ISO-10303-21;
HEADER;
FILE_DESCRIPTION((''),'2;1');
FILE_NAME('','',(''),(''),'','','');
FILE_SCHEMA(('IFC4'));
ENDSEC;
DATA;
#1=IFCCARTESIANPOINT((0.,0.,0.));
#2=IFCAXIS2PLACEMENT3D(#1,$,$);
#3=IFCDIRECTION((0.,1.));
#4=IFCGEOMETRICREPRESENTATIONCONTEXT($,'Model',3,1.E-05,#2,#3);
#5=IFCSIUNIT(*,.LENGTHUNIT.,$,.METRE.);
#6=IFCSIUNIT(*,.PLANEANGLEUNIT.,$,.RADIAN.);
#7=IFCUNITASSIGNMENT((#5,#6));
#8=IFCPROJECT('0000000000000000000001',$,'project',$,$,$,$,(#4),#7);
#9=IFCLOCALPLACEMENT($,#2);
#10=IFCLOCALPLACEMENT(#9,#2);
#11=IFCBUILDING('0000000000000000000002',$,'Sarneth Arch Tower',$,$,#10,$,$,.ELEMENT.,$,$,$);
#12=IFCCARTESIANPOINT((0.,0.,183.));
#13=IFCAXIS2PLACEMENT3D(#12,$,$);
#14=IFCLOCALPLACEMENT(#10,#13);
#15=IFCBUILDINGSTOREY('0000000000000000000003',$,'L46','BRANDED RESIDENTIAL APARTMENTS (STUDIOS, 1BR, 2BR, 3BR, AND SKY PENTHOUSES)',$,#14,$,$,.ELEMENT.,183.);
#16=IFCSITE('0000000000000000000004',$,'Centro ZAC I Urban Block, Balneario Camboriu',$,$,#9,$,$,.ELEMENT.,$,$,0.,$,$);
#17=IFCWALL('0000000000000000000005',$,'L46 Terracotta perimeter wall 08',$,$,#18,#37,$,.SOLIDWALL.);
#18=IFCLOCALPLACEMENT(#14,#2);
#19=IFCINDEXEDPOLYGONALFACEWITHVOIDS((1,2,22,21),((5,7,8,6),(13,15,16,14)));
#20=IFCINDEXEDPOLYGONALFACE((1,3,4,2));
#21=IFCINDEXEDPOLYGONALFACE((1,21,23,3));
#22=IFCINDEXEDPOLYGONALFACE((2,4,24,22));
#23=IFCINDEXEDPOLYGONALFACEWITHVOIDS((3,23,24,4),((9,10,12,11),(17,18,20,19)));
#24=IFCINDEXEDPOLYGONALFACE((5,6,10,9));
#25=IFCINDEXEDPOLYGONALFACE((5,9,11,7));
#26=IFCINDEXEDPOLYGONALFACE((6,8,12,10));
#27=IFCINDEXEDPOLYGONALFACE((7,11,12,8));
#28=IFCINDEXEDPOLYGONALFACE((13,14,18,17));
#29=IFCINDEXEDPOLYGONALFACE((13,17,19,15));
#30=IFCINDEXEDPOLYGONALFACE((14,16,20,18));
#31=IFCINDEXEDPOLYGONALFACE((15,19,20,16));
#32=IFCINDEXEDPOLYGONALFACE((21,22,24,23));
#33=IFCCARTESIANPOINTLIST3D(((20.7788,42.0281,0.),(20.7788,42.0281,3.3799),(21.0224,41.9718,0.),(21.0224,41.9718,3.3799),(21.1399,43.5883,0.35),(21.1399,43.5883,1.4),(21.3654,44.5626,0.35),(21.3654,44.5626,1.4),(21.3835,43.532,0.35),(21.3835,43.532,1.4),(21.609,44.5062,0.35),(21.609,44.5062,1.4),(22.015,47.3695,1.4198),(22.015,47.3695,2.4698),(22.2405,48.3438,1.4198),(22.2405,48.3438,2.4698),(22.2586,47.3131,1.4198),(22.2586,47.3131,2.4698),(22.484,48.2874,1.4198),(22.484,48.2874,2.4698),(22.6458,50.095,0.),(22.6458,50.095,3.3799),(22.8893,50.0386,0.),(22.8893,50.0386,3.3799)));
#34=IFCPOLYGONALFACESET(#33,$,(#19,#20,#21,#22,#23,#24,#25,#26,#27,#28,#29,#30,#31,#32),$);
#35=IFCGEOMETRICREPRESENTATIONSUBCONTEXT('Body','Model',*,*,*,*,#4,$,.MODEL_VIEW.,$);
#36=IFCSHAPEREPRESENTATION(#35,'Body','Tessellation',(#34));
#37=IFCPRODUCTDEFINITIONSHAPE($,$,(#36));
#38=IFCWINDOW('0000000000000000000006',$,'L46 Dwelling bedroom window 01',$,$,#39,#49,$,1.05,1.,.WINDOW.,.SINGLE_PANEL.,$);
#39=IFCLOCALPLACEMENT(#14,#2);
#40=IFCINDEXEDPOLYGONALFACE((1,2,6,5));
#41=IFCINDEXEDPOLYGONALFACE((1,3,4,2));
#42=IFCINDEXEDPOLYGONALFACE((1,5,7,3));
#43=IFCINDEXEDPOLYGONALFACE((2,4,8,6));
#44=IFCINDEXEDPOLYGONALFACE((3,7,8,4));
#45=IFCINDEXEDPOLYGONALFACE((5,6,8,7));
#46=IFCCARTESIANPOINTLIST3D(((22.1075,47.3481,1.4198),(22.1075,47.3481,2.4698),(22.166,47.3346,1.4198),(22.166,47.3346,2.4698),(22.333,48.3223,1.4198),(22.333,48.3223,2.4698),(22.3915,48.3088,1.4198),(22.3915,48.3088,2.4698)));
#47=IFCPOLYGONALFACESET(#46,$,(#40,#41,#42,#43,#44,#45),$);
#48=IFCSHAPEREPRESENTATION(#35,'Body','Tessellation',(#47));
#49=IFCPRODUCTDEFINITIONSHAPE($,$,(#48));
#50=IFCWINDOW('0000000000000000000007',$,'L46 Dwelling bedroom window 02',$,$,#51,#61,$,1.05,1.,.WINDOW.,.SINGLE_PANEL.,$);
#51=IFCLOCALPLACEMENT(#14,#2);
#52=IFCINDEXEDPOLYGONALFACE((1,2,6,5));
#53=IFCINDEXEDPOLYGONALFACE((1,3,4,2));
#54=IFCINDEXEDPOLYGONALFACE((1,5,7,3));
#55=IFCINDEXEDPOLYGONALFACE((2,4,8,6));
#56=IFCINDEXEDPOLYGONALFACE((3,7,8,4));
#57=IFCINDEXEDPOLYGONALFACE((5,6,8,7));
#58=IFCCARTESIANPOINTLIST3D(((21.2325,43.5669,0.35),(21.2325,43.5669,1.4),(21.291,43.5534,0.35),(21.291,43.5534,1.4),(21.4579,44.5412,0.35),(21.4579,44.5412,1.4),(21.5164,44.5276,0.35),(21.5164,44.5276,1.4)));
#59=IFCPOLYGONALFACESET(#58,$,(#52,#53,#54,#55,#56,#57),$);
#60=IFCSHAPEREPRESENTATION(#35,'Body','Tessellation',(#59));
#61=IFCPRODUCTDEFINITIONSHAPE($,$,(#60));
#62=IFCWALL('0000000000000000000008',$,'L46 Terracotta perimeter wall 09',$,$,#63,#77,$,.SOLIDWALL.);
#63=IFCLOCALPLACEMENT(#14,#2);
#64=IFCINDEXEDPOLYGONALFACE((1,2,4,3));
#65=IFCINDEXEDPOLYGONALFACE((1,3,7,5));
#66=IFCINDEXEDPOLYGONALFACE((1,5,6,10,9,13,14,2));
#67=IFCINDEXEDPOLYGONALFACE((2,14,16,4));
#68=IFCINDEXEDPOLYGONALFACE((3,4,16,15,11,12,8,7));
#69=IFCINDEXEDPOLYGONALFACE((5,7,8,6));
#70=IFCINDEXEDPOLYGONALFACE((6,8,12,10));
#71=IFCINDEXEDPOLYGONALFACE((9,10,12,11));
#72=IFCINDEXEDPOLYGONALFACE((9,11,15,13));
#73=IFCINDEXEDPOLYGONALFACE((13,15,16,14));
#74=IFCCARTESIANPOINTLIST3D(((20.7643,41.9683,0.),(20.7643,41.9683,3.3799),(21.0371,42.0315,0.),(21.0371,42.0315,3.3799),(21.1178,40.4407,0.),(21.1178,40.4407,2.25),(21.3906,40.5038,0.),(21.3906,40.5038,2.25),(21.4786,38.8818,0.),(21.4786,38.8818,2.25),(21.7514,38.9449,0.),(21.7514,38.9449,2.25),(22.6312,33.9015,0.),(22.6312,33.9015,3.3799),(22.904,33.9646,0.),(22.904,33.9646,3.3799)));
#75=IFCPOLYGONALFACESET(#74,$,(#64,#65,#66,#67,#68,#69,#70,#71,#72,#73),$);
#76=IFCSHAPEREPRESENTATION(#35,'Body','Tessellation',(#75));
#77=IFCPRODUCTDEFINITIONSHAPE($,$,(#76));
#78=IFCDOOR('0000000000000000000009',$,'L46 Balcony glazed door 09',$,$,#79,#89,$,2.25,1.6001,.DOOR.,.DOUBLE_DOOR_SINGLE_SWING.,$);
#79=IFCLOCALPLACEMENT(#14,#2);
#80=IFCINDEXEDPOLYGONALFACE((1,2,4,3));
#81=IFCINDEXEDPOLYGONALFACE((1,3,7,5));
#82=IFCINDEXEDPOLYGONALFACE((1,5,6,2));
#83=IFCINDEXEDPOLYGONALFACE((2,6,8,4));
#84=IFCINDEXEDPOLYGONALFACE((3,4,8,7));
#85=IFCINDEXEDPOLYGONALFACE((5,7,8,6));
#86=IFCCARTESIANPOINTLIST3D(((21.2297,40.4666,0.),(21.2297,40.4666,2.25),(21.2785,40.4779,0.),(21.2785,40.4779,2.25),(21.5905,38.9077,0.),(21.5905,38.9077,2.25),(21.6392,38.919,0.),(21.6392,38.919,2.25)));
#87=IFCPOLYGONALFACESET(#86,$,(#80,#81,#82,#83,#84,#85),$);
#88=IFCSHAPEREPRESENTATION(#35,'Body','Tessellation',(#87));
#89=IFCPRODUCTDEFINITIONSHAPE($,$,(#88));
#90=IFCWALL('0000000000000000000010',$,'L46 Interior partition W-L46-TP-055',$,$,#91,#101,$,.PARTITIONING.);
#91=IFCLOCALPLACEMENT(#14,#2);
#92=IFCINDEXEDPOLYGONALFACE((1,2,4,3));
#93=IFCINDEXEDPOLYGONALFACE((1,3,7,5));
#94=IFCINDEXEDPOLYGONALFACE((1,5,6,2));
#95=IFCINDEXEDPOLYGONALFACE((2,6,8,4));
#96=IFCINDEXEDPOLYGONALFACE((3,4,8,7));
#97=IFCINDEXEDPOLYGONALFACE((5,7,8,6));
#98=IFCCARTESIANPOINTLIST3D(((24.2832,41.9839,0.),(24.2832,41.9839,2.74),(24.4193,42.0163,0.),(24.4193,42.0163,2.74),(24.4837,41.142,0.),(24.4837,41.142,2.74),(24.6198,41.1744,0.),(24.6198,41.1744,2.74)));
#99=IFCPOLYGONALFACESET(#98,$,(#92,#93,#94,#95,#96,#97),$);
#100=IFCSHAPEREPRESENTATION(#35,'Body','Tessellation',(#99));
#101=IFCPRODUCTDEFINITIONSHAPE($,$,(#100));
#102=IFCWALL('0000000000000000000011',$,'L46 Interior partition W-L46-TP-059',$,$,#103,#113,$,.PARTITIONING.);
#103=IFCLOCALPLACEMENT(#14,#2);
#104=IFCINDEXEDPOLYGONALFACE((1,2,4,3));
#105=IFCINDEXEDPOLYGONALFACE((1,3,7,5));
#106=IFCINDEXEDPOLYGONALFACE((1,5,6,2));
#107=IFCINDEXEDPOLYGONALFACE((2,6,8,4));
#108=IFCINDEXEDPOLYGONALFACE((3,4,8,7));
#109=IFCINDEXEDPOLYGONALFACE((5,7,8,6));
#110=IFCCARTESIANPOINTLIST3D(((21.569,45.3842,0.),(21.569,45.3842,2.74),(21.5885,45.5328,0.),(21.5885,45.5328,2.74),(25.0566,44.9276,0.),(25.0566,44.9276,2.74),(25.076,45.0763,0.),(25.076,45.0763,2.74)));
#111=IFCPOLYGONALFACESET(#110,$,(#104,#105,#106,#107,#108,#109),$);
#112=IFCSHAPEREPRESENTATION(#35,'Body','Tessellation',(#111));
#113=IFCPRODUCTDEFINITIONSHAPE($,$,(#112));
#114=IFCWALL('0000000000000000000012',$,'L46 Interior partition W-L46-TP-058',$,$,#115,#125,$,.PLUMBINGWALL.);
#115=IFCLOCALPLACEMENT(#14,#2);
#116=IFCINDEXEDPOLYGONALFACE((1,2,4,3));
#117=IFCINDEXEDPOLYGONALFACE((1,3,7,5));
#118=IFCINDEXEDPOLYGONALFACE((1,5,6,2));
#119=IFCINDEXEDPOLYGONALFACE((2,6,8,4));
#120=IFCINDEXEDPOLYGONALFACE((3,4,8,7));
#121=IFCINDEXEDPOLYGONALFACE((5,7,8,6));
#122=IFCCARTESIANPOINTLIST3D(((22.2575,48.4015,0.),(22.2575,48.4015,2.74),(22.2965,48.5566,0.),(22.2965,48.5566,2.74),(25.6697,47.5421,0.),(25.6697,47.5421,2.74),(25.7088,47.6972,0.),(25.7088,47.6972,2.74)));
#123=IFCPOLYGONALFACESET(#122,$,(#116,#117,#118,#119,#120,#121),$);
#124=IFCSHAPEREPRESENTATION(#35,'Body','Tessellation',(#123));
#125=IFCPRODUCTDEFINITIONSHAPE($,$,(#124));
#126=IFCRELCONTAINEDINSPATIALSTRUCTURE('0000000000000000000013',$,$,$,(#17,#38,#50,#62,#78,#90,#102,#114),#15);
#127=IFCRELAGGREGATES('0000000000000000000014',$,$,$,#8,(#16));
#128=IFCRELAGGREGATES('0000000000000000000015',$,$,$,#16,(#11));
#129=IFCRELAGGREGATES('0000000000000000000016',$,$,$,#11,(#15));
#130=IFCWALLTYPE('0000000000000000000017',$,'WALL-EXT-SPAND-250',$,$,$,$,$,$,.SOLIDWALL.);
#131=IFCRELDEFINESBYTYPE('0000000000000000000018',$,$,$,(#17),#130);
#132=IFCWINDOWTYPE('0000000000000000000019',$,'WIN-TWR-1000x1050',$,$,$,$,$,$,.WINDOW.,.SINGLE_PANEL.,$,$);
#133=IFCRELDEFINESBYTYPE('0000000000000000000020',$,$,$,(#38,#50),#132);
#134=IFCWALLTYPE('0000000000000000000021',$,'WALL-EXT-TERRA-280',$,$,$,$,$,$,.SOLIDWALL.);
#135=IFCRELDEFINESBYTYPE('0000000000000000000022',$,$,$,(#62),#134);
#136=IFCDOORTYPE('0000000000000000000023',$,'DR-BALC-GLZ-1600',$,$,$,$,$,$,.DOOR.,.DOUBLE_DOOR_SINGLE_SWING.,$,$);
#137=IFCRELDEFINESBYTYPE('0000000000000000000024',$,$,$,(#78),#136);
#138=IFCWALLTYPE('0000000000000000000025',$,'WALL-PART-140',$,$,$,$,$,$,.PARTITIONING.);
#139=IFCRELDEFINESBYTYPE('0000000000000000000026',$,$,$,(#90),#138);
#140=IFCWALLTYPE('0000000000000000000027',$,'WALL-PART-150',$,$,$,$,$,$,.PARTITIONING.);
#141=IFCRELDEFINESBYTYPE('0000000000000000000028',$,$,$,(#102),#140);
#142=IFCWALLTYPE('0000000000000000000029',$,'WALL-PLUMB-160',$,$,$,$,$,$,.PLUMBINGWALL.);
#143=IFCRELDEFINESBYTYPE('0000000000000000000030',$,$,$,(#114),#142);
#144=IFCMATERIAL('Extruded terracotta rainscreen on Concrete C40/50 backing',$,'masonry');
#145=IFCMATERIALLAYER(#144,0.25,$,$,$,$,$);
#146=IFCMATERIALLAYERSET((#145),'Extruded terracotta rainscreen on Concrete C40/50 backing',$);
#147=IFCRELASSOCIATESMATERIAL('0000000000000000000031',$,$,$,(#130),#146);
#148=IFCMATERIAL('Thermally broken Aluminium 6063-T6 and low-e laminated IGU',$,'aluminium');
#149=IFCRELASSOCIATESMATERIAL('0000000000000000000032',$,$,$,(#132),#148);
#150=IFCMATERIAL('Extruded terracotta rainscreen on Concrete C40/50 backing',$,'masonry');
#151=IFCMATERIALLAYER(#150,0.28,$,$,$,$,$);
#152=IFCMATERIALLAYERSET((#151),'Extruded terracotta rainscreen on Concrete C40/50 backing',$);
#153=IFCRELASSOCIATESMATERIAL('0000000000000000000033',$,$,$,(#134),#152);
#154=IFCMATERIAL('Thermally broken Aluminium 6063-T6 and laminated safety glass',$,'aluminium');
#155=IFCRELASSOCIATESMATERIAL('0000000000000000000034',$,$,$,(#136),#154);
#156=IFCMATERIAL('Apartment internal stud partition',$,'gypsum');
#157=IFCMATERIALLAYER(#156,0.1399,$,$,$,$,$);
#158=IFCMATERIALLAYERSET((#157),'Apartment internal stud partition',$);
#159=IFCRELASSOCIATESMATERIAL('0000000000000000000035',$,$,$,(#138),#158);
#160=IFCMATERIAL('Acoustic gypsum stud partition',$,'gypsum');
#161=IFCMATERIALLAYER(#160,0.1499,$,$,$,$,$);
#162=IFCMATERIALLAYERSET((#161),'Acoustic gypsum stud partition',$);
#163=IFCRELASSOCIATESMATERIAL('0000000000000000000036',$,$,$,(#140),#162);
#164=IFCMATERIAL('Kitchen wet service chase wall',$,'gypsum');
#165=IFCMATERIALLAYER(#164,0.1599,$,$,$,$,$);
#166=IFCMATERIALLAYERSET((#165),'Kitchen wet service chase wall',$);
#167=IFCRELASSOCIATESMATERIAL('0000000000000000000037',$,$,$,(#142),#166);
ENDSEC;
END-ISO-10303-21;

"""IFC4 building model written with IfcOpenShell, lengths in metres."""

from ifc_helpers import new_model, si_unit, direction, frame, frame_2d, origin, place, context, subcontext, project, spatial, rectangle, extrude, material, layer, layer_set, type_object, element, fill, save


model = new_model("IFC4")

# Units and contexts
model_context = context("Model", 3, precision=1e-05, world=origin(), true_north=direction((0.0, 1.0)))
body_context = subcontext(model_context, "Body", "Model", "MODEL_VIEW")
ifc_project = project(units=[si_unit("LENGTHUNIT", "METRE"), si_unit("PLANEANGLEUNIT", "RADIAN")], contexts=[model_context])

# Site, building, storey
site_placement = place(None, origin())
site = spatial("IfcSite", under=ifc_project, at=site_placement, Name="Centro ZAC I Urban Block, Balneario Camboriu", CompositionType="ELEMENT", RefElevation=0.0)
building_placement = place(site_placement, origin())
building = spatial("IfcBuilding", under=site, at=building_placement, Name="Sarneth Arch Tower", CompositionType="ELEMENT")
storey_placement = place(building_placement, frame((0.0, 0.0, 183.0)))
storey = spatial("IfcBuildingStorey", under=building, at=storey_placement, Name="L46", Description="BRANDED RESIDENTIAL APARTMENTS (STUDIOS, 1BR, 2BR, 3BR, AND SKY PENTHOUSES)", CompositionType="ELEMENT", Elevation=183.0)

# Wall, openings, windows
ifc_material_1 = material(Name="Extruded terracotta rainscreen on Concrete C40/50 backing", Category="masonry")
ifc_layer_1 = layer(ifc_material_1, 0.25)
ifc_layer_set_1 = layer_set([ifc_layer_1], Name="Extruded terracotta rainscreen on Concrete C40/50 backing")
wall_type_1 = type_object("IfcWallType", Name="WALL-EXT-SPAND-250", PredefinedType="SOLIDWALL", material=ifc_layer_set_1)
wall_1_placement = place(storey_placement, frame((22.7676, 50.0669, 0.0), z_axis=(0.0, 0.0, 1.0), x_axis=(-0.225473, -0.974249, 0.0)))
wall_1 = element("IfcWall", 1, at=wall_1_placement, inside=storey, type_object=wall_type_1, Name="L46 Terracotta perimeter wall 08", PredefinedType="SOLIDWALL", context=body_context, shape_type="SweptSolid", body=[
    extrude(rectangle(XDim=8.28, YDim=0.25, at=frame_2d((4.1401, 0.0))), origin(), (0.0, 0.0, 1.0), 3.3799),
])
opening_1_placement = place(wall_1_placement, frame((1.7976, 0.0, 1.4199)))
opening_1 = element("IfcOpeningElement", 2, at=opening_1_placement, cuts=wall_1, PredefinedType="OPENING", context=body_context, shape_type="SweptSolid", body=[
    extrude(rectangle(XDim=1.0, YDim=1.05, at=frame_2d((0.5, 0.5249))), frame((0.0, 0.135, 0.0), z_axis=(0.0, -1.0, 0.0), x_axis=(1.0, 0.0, 0.0)), (0.0, 0.0, 1.0), 0.27),
])
opening_2_placement = place(wall_1_placement, frame((5.6787, 0.0, 0.3501)))
opening_2 = element("IfcOpeningElement", 3, at=opening_2_placement, cuts=wall_1, PredefinedType="OPENING", context=body_context, shape_type="SweptSolid", body=[
    extrude(rectangle(XDim=1.0, YDim=1.05, at=frame_2d((0.5, 0.5249))), frame((0.0, 0.135, 0.0), z_axis=(0.0, -1.0, 0.0), x_axis=(1.0, 0.0, 0.0)), (0.0, 0.0, 1.0), 0.27),
])
ifc_material_2 = material(Name="Thermally broken Aluminium 6063-T6 and low-e laminated IGU", Category="aluminium")
window_type = type_object("IfcWindowType", Name="WIN-TWR-1000x1050", PartitioningType="SINGLE_PANEL", PredefinedType="WINDOW", material=ifc_material_2)
window_1_placement = place(opening_1_placement, origin())
window_1 = element("IfcWindow", 4, at=window_1_placement, inside=storey, type_object=window_type, Name="L46 Dwelling bedroom window 01", OverallHeight=1.05, OverallWidth=1.0, PartitioningType="SINGLE_PANEL", PredefinedType="WINDOW", context=body_context, shape_type="SweptSolid", body=[
    extrude(rectangle(XDim=1.0, YDim=1.05, at=frame_2d((0.5, 0.5249))), frame((0.0, 0.03, 0.0), z_axis=(0.0, -1.0, 0.0), x_axis=(1.0, 0.0, 0.0)), (0.0, 0.0, 1.0), 0.0601),
])
fill(opening_1, window_1)
window_2_placement = place(opening_2_placement, origin())
window_2 = element("IfcWindow", 5, at=window_2_placement, inside=storey, type_object=window_type, Name="L46 Dwelling bedroom window 02", OverallHeight=1.05, OverallWidth=1.0, PartitioningType="SINGLE_PANEL", PredefinedType="WINDOW", context=body_context, shape_type="SweptSolid", body=[
    extrude(rectangle(XDim=1.0, YDim=1.05, at=frame_2d((0.5, 0.5249))), frame((0.0, 0.03, 0.0), z_axis=(0.0, -1.0, 0.0), x_axis=(1.0, 0.0, 0.0)), (0.0, 0.0, 1.0), 0.0601),
])
fill(opening_2, window_2)

# Wall, opening, door
ifc_material_3 = material(Name="Extruded terracotta rainscreen on Concrete C40/50 backing", Category="masonry")
ifc_layer_2 = layer(ifc_material_3, 0.28)
ifc_layer_set_2 = layer_set([ifc_layer_2], Name="Extruded terracotta rainscreen on Concrete C40/50 backing")
wall_type_2 = type_object("IfcWallType", Name="WALL-EXT-TERRA-280", PredefinedType="SOLIDWALL", material=ifc_layer_set_2)
wall_2_placement = place(storey_placement, frame((20.9006, 42.0, 0.0), z_axis=(0.0, 0.0, 1.0), x_axis=(0.225473, -0.974249, 0.0)))
wall_2 = element("IfcWall", 6, at=wall_2_placement, inside=storey, type_object=wall_type_2, Name="L46 Terracotta perimeter wall 09", PredefinedType="SOLIDWALL", context=body_context, shape_type="SweptSolid", body=[
    extrude(rectangle(XDim=8.28, YDim=0.28, at=frame_2d((4.1401, 0.0))), origin(), (0.0, 0.0, 1.0), 3.3799),
])
opening_3_placement = place(wall_2_placement, frame((1.5681, 0.0, 0.0)))
opening_3 = element("IfcOpeningElement", 7, at=opening_3_placement, cuts=wall_2, PredefinedType="OPENING", context=body_context, shape_type="SweptSolid", body=[
    extrude(rectangle(XDim=1.6001, YDim=2.25, at=frame_2d((0.8, 1.125))), frame((0.0, 0.1499, 0.0), z_axis=(0.0, -1.0, 0.0), x_axis=(1.0, 0.0, 0.0)), (0.0, 0.0, 1.0), 0.3),
])
ifc_material_4 = material(Name="Thermally broken Aluminium 6063-T6 and laminated safety glass", Category="aluminium")
door_type_1 = type_object("IfcDoorType", Name="DR-BALC-GLZ-1600", OperationType="DOUBLE_DOOR_SINGLE_SWING", PredefinedType="DOOR", material=ifc_material_4)
door_1_placement = place(opening_3_placement, origin())
door_1 = element("IfcDoor", 8, at=door_1_placement, inside=storey, type_object=door_type_1, Name="L46 Balcony glazed door 09", OperationType="DOUBLE_DOOR_SINGLE_SWING", OverallHeight=2.25, OverallWidth=1.6001, PredefinedType="DOOR", context=body_context, shape_type="SweptSolid", body=[
    extrude(rectangle(XDim=1.6001, YDim=2.25, at=frame_2d((0.8, 1.125))), frame((0.0, 0.0249, 0.0), z_axis=(0.0, -1.0, 0.0), x_axis=(1.0, 0.0, 0.0)), (0.0, 0.0, 1.0), 0.05),
])
fill(opening_3, door_1)

# Walls
ifc_material_5 = material(Name="Apartment internal stud partition", Category="gypsum")
ifc_layer_3 = layer(ifc_material_5, 0.1399)
ifc_layer_set_3 = layer_set([ifc_layer_3], Name="Apartment internal stud partition")
wall_type_3 = type_object("IfcWallType", Name="WALL-PART-140", PredefinedType="PARTITIONING", material=ifc_layer_set_3)
wall_3_placement = place(storey_placement, frame((24.3513, 42.0, 0.0), z_axis=(0.0, 0.0, 1.0), x_axis=(0.23157, -0.972818, 0.0)))
element("IfcWall", 9, at=wall_3_placement, inside=storey, type_object=wall_type_3, Name="L46 Interior partition W-L46-TP-055", PredefinedType="PARTITIONING", context=body_context, shape_type="SweptSolid", body=[
    extrude(rectangle(XDim=0.8655, YDim=0.1399, at=frame_2d((0.4326, 0.0))), origin(), (0.0, 0.0, 1.0), 2.74),
])
ifc_material_6 = material(Name="Acoustic gypsum stud partition", Category="gypsum")
ifc_layer_4 = layer(ifc_material_6, 0.1499)
ifc_layer_set_4 = layer_set([ifc_layer_4], Name="Acoustic gypsum stud partition")
wall_type_4 = type_object("IfcWallType", Name="WALL-PART-150", PredefinedType="PARTITIONING", material=ifc_layer_set_4)
wall_4_placement = place(storey_placement, frame((21.5786, 45.4585, 0.0), z_axis=(0.0, 0.0, 1.0), x_axis=(0.99154, -0.129799, 0.0)))
element("IfcWall", 10, at=wall_4_placement, inside=storey, type_object=wall_type_4, Name="L46 Interior partition W-L46-TP-059", PredefinedType="PARTITIONING", context=body_context, shape_type="SweptSolid", body=[
    extrude(rectangle(XDim=3.5173, YDim=0.1499, at=frame_2d((1.7588, 0.0))), origin(), (0.0, 0.0, 1.0), 2.74),
])
ifc_material_7 = material(Name="Kitchen wet service chase wall", Category="gypsum")
ifc_layer_5 = layer(ifc_material_7, 0.1599)
ifc_layer_set_5 = layer_set([ifc_layer_5], Name="Kitchen wet service chase wall")
wall_type_5 = type_object("IfcWallType", Name="WALL-PLUMB-160", PredefinedType="PLUMBINGWALL", material=ifc_layer_set_5)
wall_5_placement = place(storey_placement, frame((22.2771, 48.479, 0.0), z_axis=(0.0, 0.0, 1.0), x_axis=(0.969721, -0.244217, 0.0)))
element("IfcWall", 11, at=wall_5_placement, inside=storey, type_object=wall_type_5, Name="L46 Interior partition W-L46-TP-058", PredefinedType="PLUMBINGWALL", context=body_context, shape_type="SweptSolid", body=[
    extrude(rectangle(XDim=3.5188, YDim=0.1599, at=frame_2d((1.7593, 0.0))), origin(), (0.0, 0.0, 1.0), 2.74),
])

save(model, "model.ifc")
